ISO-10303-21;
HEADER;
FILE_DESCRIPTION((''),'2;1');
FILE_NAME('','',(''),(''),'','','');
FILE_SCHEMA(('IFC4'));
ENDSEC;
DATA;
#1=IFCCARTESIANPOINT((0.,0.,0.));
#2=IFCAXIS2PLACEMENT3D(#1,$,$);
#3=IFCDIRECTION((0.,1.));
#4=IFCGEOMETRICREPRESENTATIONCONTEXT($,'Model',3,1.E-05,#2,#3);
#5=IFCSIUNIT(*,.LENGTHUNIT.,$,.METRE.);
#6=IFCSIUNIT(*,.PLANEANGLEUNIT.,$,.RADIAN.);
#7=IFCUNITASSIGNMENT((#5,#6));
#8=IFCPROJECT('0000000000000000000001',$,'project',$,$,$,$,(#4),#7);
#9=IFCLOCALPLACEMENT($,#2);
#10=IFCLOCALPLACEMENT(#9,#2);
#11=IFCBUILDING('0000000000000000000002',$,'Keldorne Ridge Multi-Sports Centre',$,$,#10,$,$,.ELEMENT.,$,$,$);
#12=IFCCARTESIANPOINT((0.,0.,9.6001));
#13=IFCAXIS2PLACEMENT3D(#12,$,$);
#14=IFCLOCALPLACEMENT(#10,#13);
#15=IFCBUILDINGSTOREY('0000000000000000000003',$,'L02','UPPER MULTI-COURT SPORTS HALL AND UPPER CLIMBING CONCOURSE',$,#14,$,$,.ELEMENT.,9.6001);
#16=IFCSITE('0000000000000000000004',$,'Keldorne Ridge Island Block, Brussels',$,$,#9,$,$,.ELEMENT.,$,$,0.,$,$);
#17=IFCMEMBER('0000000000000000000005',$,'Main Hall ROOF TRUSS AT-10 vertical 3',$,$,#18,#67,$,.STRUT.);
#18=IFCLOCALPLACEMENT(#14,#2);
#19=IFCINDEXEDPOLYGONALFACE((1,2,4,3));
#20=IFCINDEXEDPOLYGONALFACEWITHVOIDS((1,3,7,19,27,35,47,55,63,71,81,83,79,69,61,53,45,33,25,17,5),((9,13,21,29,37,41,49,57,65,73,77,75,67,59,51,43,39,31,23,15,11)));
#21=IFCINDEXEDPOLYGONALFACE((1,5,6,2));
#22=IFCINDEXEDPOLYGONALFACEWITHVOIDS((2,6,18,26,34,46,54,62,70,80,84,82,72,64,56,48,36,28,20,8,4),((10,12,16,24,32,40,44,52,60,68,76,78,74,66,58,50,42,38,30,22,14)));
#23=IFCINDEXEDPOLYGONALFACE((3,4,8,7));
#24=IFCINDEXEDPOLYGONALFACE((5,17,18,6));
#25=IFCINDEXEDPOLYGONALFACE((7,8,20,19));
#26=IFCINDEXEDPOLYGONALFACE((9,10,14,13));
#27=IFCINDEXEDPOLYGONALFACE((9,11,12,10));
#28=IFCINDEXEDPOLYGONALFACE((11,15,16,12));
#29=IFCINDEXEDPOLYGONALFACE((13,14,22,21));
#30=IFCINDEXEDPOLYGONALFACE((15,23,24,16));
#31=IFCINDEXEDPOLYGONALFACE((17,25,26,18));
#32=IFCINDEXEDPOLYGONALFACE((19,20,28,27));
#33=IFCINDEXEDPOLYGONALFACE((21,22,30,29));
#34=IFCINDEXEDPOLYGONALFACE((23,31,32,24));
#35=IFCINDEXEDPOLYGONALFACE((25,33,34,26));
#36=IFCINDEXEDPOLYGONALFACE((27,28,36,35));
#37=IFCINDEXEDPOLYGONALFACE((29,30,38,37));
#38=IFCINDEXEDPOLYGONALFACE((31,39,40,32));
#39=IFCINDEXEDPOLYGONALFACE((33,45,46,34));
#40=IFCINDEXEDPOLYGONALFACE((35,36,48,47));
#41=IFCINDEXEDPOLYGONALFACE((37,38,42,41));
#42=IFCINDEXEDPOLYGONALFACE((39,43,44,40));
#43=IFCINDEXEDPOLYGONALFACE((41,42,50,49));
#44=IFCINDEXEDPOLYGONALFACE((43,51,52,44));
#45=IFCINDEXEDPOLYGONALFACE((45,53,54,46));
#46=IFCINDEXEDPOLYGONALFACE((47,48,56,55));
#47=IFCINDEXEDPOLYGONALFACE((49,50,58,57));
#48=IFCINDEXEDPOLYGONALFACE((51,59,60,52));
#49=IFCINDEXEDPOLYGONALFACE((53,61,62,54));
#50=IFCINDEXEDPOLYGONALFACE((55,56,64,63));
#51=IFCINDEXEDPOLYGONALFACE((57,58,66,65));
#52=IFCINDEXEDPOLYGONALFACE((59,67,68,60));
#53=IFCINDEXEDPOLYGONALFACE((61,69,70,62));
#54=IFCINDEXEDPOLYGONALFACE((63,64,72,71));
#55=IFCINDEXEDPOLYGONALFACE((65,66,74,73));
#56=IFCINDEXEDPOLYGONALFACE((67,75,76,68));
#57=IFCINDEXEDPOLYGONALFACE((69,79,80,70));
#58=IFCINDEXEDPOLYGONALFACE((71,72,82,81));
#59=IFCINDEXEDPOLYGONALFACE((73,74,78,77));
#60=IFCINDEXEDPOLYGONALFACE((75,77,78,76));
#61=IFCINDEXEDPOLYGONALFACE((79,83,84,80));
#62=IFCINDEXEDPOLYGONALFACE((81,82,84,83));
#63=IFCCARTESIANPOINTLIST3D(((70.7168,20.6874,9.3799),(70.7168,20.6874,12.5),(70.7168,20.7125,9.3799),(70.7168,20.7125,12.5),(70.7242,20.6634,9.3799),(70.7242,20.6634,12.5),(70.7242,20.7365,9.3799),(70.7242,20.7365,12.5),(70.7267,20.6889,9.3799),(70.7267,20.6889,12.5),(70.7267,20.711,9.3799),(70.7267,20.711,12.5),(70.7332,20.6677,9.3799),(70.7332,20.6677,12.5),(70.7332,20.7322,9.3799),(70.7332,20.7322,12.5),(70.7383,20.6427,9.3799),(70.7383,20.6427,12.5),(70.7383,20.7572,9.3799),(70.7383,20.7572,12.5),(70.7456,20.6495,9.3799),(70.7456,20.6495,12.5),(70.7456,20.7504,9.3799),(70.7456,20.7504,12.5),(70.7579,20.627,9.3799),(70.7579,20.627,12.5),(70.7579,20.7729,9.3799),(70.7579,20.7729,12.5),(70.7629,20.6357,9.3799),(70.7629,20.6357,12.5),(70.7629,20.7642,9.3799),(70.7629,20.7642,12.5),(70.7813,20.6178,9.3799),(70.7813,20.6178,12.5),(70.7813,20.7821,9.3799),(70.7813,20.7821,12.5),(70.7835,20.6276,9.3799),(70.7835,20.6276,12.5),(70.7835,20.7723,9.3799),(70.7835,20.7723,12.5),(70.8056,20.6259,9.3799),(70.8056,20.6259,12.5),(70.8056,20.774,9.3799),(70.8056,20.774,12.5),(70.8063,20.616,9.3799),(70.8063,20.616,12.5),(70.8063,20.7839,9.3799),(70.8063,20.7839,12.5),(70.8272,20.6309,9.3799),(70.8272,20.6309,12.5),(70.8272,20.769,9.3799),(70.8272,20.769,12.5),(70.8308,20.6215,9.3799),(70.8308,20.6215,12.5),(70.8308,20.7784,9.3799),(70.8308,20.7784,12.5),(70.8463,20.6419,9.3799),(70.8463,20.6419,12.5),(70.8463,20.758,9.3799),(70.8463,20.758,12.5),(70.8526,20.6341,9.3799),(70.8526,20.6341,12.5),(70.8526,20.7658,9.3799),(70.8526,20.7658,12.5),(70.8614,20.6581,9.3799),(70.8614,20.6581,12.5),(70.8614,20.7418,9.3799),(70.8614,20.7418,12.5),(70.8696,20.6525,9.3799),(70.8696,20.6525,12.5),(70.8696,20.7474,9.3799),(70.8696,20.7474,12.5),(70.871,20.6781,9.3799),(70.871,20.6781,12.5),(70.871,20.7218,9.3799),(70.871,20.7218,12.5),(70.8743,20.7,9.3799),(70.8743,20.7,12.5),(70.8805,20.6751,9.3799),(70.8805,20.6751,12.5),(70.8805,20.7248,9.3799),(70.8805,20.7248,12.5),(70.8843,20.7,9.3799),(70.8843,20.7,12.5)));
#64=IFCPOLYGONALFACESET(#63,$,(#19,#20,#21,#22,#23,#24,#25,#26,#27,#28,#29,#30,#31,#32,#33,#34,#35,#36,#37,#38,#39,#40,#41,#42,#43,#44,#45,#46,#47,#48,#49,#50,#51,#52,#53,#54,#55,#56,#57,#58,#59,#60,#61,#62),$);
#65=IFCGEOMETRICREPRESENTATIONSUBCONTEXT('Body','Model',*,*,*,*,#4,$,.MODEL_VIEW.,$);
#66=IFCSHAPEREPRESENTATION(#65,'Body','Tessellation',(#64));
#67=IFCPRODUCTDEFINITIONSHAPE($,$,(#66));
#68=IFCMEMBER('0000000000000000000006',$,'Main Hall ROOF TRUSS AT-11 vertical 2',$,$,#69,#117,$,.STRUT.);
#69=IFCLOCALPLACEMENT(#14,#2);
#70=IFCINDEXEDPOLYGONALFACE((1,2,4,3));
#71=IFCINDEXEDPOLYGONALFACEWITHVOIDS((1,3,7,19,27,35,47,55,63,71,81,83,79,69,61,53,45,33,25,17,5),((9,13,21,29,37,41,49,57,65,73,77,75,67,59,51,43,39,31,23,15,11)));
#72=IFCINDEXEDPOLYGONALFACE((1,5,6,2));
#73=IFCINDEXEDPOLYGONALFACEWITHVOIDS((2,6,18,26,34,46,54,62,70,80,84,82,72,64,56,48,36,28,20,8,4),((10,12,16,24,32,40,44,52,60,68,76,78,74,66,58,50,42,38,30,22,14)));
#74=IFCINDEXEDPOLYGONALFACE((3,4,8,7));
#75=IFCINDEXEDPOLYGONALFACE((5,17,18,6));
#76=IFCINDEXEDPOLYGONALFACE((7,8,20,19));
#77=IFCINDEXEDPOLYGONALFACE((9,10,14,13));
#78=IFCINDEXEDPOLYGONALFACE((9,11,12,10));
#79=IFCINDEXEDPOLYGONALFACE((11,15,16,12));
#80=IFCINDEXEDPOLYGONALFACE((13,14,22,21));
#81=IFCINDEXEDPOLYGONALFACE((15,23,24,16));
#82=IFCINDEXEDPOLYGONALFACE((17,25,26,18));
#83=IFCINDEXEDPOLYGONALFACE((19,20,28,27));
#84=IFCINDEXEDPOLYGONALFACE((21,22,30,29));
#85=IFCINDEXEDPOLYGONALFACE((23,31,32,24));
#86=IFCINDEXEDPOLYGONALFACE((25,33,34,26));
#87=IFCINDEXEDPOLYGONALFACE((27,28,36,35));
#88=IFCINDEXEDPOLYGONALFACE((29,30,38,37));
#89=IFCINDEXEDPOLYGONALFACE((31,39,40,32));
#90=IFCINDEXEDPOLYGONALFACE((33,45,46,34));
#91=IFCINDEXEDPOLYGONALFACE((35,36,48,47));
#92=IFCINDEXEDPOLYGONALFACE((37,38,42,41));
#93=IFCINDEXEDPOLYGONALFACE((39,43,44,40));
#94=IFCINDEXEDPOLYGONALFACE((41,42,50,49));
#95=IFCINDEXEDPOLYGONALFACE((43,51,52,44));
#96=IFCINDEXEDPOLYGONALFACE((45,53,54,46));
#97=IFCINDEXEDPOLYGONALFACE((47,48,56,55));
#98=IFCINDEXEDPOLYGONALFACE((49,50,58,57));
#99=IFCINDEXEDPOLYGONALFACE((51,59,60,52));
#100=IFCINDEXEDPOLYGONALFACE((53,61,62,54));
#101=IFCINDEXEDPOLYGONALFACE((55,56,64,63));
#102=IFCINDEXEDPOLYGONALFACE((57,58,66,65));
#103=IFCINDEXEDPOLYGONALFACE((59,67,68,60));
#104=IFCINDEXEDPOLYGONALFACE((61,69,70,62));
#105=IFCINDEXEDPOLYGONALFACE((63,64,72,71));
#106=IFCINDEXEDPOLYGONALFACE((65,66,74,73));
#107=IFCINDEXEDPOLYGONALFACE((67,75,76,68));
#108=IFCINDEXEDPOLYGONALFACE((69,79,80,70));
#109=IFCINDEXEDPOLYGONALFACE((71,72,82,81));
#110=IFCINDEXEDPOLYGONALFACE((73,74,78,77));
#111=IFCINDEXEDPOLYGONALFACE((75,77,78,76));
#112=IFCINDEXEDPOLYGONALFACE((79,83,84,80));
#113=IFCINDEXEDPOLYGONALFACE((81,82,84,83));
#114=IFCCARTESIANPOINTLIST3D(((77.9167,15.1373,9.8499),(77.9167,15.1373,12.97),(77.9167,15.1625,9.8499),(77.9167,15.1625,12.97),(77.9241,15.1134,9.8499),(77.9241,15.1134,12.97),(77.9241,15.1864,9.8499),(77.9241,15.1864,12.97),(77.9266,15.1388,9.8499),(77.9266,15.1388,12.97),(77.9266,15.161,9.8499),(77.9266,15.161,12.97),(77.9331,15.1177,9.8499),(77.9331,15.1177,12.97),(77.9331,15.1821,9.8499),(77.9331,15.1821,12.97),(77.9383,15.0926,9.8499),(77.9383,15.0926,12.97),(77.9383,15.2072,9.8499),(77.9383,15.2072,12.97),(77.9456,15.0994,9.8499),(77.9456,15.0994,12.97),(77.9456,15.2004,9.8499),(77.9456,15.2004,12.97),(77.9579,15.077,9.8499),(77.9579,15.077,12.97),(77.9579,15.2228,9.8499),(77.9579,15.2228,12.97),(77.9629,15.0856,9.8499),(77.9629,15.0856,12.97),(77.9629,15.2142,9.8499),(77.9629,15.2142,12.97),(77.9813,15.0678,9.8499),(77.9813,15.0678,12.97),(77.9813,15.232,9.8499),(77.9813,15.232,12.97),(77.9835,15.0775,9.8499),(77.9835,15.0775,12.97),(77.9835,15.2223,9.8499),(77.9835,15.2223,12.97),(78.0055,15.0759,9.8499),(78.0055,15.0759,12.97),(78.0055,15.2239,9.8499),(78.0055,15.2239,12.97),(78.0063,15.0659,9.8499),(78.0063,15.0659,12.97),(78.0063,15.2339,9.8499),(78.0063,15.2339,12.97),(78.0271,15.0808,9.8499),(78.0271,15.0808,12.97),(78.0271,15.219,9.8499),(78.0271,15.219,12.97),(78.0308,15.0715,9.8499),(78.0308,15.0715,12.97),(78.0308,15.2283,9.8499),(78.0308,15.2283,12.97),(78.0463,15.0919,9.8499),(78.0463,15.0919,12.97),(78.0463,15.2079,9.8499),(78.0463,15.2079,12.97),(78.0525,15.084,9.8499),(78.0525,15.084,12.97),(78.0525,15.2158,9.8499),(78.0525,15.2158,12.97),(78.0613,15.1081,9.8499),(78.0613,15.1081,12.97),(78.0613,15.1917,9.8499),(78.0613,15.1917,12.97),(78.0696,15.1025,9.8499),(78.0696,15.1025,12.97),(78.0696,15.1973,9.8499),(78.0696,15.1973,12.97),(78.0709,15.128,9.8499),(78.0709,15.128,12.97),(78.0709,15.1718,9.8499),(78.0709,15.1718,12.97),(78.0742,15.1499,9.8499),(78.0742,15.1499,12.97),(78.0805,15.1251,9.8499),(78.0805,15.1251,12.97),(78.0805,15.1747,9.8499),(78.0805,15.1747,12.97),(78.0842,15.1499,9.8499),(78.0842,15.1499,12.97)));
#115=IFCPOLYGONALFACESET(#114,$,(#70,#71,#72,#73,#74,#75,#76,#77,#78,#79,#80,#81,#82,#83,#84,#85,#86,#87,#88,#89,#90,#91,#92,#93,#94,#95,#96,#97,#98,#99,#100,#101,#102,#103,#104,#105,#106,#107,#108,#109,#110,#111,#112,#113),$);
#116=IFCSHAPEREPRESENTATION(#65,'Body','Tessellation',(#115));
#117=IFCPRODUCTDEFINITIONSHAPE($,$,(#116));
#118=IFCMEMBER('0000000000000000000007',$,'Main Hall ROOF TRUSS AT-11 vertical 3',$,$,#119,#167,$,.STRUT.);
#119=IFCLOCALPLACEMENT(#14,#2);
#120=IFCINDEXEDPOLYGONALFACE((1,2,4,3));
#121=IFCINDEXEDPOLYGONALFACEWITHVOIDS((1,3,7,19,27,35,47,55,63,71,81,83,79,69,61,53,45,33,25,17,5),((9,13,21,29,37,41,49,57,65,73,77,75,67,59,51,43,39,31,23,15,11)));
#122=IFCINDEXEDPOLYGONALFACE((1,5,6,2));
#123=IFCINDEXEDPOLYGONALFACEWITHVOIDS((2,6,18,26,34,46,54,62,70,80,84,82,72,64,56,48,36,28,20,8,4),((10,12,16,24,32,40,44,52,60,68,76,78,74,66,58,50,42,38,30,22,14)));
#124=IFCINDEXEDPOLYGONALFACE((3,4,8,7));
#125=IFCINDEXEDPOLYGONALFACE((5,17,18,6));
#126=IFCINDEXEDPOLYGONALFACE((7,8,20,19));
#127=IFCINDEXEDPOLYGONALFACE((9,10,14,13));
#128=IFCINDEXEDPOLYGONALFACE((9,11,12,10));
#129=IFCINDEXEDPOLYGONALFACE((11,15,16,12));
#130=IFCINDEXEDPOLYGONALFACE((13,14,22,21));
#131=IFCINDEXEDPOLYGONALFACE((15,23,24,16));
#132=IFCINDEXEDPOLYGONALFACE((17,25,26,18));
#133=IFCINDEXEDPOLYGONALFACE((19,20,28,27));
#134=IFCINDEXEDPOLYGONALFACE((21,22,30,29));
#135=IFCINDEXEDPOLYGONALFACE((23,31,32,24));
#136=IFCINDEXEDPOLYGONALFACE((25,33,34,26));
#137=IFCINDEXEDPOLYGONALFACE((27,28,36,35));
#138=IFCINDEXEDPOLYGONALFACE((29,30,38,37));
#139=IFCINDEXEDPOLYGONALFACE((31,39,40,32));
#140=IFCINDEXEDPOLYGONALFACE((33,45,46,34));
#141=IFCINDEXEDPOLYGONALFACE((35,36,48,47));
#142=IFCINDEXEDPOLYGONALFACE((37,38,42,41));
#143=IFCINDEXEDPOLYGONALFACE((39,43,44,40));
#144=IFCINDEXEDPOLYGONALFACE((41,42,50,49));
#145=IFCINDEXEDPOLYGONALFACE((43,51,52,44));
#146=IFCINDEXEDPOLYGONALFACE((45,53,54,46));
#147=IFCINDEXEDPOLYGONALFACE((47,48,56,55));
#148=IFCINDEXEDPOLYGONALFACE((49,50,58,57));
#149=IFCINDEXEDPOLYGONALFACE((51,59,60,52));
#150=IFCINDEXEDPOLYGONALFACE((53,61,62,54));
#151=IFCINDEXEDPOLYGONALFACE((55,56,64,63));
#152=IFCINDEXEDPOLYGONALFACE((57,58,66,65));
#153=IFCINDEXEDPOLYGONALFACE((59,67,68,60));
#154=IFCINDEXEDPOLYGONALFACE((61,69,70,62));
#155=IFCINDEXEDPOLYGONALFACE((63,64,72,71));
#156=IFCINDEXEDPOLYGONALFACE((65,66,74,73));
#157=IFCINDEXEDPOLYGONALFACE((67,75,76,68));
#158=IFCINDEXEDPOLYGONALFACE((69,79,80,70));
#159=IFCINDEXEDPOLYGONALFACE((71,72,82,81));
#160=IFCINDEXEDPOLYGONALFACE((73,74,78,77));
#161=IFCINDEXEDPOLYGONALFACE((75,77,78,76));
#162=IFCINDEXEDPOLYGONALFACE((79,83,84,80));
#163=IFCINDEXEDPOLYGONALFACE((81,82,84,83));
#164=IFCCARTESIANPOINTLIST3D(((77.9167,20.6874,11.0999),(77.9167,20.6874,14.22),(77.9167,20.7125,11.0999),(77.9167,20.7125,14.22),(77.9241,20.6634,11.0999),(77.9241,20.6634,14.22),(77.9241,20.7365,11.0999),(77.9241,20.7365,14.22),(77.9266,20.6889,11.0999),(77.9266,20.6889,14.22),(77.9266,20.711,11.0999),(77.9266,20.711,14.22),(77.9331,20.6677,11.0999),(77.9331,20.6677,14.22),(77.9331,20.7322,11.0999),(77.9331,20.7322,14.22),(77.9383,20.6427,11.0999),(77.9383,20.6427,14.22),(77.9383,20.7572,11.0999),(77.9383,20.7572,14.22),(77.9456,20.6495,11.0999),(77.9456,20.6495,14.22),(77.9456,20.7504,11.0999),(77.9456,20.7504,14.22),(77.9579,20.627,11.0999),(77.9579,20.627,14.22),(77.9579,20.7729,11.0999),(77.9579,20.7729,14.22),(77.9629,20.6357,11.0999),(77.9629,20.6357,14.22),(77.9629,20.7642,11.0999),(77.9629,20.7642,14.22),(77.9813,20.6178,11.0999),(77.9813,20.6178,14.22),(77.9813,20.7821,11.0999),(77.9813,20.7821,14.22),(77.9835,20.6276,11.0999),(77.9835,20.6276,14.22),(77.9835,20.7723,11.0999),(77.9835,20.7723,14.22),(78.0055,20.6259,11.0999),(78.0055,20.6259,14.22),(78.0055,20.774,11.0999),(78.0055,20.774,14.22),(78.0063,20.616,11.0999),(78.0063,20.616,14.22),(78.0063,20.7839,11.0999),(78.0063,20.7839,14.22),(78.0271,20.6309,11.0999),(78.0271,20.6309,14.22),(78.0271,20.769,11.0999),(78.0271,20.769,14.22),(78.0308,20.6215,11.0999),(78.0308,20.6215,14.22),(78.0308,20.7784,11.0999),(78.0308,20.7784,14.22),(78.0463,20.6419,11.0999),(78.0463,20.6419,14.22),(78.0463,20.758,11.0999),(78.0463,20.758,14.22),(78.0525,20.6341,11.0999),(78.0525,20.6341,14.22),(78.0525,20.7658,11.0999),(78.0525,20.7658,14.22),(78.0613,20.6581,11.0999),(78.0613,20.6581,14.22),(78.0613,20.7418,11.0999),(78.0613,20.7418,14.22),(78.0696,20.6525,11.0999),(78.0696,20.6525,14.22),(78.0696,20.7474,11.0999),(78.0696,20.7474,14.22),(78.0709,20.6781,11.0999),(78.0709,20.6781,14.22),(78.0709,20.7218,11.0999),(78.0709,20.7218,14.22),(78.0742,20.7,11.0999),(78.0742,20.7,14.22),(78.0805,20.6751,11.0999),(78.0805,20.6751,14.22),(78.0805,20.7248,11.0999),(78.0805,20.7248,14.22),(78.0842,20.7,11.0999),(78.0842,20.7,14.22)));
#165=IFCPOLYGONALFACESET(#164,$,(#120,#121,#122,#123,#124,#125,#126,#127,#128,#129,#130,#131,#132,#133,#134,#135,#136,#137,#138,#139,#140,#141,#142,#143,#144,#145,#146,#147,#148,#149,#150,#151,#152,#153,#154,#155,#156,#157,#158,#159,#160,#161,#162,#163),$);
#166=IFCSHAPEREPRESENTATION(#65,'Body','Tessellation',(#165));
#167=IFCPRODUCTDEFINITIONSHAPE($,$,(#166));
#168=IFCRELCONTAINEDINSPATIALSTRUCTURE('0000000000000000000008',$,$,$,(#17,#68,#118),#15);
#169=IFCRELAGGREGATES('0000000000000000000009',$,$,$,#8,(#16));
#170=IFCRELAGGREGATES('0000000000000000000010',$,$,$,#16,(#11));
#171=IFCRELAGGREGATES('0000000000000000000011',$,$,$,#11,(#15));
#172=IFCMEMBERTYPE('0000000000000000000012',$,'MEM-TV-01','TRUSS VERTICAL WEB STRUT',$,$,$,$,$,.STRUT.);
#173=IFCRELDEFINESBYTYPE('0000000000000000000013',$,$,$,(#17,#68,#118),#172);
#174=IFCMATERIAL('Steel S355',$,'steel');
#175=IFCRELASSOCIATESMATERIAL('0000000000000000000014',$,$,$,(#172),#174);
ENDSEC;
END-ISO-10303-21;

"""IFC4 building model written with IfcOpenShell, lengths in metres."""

from ifc_helpers import new_model, si_unit, direction, frame, origin, origin_2d, place, context, subcontext, project, spatial, hollow_circle, extrude, material, material_profile, profile_set, type_object, element, save


model = new_model("IFC4")

# Units and contexts
model_context = context("Model", 3, precision=1e-05, world=origin(), true_north=direction((0.0, 1.0)))
body_context = subcontext(model_context, "Body", "Model", "MODEL_VIEW")
ifc_project = project(units=[si_unit("LENGTHUNIT", "METRE"), si_unit("PLANEANGLEUNIT", "RADIAN")], contexts=[model_context])

# Site, building, storey
site_placement = place(None, origin())
site = spatial("IfcSite", under=ifc_project, at=site_placement, Name="Keldorne Ridge Island Block, Brussels", CompositionType="ELEMENT", RefElevation=0.0)
building_placement = place(site_placement, origin())
building = spatial("IfcBuilding", under=site, at=building_placement, Name="Keldorne Ridge Multi-Sports Centre", CompositionType="ELEMENT")
storey_placement = place(building_placement, frame((0.0, 0.0, 9.6001)))
storey = spatial("IfcBuildingStorey", under=building, at=storey_placement, Name="L02", Description="UPPER MULTI-COURT SPORTS HALL AND UPPER CLIMBING CONCOURSE", CompositionType="ELEMENT", Elevation=9.6001)

# Shared definitions
ifc_material = material(Name="Steel S355", Category="steel")

# Members
ifc_material_profile_1 = material_profile(ifc_material, hollow_circle(Radius=0.0842, WallThickness=0.01, at=origin_2d()), Name="CHS 168.3x10")
ifc_profile_set_1 = profile_set([ifc_material_profile_1], Name="Steel S355")
member_type_1 = type_object("IfcMemberType", Name="MEM-TV-01", Description="TRUSS VERTICAL WEB STRUT", PredefinedType="STRUT", material=ifc_profile_set_1)
for number, where, z_axis, x_axis, name in (
    (1, (70.8, 20.7, 9.3799), (0.0, 0.0, 1.0), (1.0, 0.0, 0.0), "Main Hall ROOF TRUSS AT-10 vertical 3"),
    (2, (78.0, 15.1499, 9.8499), (0.0, 0.0, 1.0), (1.0, 0.0, 0.0), "Main Hall ROOF TRUSS AT-11 vertical 2"),
    (3, (78.0, 20.7, 11.0999), (0.0, 0.0, 1.0), (1.0, 0.0, 0.0), "Main Hall ROOF TRUSS AT-11 vertical 3"),
):
    element("IfcMember", number, at=place(storey_placement, frame(where, z_axis=z_axis, x_axis=x_axis)), inside=storey, type_object=member_type_1, Name=name, PredefinedType="STRUT", context=body_context, shape_type="SweptSolid", body=[
        extrude(hollow_circle(Radius=0.0842, WallThickness=0.01, at=origin_2d()), origin(), (0.0, 0.0, 1.0), 3.1201),
    ])

save(model, "model.ifc")
